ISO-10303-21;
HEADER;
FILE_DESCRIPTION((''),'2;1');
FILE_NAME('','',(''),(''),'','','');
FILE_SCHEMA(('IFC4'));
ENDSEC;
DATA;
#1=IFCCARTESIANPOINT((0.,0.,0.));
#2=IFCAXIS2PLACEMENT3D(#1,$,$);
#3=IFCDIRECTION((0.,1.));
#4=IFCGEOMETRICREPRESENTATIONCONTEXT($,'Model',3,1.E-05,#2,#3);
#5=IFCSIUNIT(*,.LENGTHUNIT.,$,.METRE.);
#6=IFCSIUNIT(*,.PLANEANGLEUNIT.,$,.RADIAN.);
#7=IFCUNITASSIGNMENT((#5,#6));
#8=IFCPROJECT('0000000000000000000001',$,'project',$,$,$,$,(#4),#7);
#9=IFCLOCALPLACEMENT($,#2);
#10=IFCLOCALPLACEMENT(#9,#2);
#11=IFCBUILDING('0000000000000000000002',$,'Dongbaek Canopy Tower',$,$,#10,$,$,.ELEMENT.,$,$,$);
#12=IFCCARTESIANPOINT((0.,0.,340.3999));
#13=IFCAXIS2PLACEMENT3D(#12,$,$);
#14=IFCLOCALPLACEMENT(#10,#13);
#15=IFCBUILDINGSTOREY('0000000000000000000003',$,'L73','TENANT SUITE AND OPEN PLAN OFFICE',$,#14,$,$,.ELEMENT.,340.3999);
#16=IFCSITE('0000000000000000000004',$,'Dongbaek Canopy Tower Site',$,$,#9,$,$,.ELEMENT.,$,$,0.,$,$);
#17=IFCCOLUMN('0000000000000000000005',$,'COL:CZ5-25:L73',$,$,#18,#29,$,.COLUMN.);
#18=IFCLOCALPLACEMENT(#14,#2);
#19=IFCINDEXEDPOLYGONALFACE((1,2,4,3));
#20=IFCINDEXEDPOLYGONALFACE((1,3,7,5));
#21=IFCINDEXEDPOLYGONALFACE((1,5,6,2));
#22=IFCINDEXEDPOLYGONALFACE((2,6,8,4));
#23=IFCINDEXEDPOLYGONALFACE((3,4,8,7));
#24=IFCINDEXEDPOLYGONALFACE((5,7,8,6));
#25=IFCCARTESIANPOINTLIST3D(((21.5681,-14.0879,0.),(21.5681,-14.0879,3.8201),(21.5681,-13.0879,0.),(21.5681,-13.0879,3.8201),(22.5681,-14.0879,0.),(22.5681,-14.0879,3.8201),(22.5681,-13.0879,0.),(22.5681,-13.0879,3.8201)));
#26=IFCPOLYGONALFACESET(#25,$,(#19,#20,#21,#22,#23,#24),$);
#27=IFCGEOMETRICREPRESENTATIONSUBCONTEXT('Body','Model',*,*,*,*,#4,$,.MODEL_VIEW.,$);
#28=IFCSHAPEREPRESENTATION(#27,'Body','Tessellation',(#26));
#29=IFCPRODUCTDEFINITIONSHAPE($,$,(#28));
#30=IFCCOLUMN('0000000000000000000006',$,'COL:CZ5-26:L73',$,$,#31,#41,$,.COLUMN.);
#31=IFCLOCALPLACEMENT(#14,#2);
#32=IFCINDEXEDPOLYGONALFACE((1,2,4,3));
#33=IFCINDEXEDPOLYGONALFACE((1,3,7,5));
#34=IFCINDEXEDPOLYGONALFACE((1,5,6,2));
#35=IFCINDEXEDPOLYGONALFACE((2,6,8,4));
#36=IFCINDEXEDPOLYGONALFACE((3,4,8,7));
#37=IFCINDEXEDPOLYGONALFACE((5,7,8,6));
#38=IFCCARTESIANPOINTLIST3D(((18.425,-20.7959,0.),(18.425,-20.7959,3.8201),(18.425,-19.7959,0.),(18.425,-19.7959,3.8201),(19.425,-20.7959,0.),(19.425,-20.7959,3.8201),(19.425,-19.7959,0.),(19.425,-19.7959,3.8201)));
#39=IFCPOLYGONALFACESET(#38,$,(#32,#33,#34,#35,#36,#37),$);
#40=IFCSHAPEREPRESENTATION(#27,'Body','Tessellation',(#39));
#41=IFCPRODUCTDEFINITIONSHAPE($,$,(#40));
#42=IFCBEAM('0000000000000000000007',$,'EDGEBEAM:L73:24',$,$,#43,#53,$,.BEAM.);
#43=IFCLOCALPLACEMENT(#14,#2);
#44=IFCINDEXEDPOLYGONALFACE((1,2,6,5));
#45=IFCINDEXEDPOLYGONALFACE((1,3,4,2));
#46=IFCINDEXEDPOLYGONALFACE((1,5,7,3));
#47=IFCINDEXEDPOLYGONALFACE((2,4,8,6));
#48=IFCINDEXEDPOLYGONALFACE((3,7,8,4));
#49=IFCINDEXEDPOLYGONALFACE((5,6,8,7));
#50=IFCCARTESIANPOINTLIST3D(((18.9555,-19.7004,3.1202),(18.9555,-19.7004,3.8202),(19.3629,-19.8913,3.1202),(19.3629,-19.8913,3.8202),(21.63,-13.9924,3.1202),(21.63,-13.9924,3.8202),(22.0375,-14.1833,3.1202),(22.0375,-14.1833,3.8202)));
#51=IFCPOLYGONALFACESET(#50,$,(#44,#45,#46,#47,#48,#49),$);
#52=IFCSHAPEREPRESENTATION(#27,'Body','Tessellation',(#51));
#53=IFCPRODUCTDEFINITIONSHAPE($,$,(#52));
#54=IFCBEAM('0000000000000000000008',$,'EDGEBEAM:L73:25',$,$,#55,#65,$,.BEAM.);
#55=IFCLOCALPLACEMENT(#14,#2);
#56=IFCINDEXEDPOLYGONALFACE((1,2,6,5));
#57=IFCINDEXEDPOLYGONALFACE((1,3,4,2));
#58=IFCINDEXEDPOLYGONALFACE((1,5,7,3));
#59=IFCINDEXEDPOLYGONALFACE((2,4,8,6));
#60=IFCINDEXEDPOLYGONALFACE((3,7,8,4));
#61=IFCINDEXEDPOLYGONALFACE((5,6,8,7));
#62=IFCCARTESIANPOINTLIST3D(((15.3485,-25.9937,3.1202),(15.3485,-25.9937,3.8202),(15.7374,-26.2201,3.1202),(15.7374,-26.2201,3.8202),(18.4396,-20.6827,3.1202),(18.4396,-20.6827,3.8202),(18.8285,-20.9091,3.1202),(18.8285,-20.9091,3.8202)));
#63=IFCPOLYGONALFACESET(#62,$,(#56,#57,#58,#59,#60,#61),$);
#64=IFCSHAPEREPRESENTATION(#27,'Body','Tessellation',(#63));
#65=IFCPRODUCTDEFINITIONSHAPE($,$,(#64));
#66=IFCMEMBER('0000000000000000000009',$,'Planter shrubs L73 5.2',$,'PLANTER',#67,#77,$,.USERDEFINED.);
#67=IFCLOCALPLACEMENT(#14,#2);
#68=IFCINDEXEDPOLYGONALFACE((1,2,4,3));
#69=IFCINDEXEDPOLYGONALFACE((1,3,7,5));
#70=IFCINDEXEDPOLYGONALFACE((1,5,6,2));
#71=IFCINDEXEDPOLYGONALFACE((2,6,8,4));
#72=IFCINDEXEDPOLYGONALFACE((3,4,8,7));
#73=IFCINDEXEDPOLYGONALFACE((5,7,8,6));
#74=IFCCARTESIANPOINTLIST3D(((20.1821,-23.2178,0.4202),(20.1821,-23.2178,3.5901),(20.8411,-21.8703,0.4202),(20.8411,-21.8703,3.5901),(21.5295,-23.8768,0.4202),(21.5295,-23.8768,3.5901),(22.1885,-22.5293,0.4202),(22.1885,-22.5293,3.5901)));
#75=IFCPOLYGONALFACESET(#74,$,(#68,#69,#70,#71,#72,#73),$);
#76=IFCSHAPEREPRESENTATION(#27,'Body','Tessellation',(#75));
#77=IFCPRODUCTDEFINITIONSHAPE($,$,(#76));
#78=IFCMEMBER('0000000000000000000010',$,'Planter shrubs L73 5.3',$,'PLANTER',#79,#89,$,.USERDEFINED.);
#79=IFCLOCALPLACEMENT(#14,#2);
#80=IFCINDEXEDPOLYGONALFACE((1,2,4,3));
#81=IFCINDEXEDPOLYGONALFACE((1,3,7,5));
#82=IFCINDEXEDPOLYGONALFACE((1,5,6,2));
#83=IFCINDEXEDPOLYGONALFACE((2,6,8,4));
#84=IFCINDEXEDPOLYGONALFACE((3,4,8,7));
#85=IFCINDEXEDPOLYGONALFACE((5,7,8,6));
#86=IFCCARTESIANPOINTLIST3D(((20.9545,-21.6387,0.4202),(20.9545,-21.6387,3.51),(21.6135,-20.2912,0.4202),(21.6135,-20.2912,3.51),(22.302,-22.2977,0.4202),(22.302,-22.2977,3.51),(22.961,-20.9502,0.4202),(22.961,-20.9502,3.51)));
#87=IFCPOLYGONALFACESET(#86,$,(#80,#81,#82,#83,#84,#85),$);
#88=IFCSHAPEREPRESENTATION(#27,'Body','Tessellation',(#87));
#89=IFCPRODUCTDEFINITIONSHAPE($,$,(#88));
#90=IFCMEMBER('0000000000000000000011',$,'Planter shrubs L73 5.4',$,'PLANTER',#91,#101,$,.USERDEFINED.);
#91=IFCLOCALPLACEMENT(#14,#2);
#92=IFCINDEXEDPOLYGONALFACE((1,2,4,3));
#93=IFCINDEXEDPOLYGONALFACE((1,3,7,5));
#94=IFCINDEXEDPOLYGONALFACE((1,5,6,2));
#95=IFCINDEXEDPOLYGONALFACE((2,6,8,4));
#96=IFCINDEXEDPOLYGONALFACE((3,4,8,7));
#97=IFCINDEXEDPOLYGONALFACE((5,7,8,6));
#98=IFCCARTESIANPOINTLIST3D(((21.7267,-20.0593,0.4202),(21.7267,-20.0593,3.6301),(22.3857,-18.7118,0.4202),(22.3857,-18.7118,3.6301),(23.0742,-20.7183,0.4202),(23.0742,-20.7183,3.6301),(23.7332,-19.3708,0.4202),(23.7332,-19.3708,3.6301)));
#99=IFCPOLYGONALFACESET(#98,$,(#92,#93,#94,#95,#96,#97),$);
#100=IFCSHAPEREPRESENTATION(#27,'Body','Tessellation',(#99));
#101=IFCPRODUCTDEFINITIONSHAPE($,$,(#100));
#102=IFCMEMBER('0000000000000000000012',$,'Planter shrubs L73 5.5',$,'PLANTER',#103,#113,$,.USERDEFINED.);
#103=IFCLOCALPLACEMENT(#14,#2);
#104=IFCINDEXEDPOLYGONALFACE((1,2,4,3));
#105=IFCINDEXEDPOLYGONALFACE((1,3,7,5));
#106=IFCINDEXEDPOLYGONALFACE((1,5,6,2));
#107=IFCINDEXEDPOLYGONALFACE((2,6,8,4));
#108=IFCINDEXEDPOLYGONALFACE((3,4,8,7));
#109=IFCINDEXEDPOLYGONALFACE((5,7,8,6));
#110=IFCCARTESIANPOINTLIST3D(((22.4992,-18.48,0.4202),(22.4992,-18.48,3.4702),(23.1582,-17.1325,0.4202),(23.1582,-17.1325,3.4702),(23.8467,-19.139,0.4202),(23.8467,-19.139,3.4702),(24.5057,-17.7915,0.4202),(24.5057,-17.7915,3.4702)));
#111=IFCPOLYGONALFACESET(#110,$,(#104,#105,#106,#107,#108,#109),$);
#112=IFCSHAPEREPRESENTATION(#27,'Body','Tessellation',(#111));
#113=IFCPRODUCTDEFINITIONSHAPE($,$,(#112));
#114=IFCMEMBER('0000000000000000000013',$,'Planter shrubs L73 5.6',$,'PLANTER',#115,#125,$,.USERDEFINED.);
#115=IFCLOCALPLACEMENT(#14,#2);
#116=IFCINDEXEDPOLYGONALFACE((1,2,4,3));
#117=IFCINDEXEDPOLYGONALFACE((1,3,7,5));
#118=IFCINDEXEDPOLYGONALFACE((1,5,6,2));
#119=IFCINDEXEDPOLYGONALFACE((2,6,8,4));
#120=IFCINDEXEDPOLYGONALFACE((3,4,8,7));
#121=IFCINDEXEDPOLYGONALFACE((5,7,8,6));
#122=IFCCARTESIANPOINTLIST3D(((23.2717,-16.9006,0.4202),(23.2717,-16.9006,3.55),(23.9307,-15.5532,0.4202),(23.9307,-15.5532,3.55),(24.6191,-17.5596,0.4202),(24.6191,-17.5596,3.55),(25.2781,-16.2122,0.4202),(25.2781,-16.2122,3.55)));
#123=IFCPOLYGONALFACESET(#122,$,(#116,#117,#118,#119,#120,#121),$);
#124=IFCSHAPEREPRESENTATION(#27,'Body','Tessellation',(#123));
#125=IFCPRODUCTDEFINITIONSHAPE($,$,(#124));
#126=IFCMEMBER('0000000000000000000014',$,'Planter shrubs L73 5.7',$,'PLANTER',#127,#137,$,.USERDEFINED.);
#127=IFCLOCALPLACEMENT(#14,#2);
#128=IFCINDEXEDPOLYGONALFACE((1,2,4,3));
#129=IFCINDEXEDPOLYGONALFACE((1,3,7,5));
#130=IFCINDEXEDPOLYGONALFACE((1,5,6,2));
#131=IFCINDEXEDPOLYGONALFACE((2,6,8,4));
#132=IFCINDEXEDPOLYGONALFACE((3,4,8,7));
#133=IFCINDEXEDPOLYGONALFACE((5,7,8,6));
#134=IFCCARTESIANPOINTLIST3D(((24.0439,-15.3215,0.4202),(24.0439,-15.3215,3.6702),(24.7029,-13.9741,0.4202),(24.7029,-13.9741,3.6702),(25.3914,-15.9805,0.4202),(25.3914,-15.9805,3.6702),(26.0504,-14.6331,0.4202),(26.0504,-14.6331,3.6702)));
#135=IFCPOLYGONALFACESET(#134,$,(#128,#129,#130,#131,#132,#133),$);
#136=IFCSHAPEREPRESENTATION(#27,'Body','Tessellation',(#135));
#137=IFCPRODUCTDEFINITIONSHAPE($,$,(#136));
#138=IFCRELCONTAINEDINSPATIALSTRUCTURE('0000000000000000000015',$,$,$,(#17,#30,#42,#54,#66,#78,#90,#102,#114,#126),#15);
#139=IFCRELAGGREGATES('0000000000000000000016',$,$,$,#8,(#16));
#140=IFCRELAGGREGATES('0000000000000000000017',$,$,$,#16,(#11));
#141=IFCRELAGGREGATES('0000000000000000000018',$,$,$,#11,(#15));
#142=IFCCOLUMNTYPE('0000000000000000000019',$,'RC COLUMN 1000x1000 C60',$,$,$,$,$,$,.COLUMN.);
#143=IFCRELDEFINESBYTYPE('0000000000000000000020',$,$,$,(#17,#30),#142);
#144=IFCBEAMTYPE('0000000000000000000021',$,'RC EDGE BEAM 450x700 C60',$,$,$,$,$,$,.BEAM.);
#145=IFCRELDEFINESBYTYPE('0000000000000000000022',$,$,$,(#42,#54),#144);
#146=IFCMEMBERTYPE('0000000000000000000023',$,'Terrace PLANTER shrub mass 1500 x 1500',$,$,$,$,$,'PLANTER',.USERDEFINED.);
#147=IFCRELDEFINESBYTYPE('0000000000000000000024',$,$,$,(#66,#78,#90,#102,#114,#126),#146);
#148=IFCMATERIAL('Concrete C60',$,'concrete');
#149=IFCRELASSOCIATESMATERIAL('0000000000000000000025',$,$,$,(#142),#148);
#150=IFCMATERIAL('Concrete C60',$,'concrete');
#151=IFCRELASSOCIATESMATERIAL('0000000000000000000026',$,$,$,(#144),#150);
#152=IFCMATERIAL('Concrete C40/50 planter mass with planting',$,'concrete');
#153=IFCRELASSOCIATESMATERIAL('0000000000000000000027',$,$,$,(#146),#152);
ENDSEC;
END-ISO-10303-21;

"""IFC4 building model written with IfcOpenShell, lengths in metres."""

from ifc_helpers import new_model, si_unit, direction, frame, origin, origin_2d, place, context, subcontext, project, spatial, rectangle, extrude, material, material_profile, profile_set, type_object, element, save


model = new_model("IFC4")

# Units and contexts
model_context = context("Model", 3, precision=1e-05, world=origin(), true_north=direction((0.0, 1.0)))
body_context = subcontext(model_context, "Body", "Model", "MODEL_VIEW")
ifc_project = project(units=[si_unit("LENGTHUNIT", "METRE"), si_unit("PLANEANGLEUNIT", "RADIAN")], contexts=[model_context])

# Site, building, storey
site_placement = place(None, origin())
site = spatial("IfcSite", under=ifc_project, at=site_placement, Name="Dongbaek Canopy Tower Site", CompositionType="ELEMENT", RefElevation=0.0)
building_placement = place(site_placement, origin())
building = spatial("IfcBuilding", under=site, at=building_placement, Name="Dongbaek Canopy Tower", CompositionType="ELEMENT")
storey_placement = place(building_placement, frame((0.0, 0.0, 340.3999)))
storey = spatial("IfcBuildingStorey", under=building, at=storey_placement, Name="L73", Description="TENANT SUITE AND OPEN PLAN OFFICE", CompositionType="ELEMENT", Elevation=340.3999)

# Columns
ifc_material_1 = material(Name="Concrete C60", Category="concrete")
ifc_material_profile_1 = material_profile(ifc_material_1, rectangle(XDim=1.0, YDim=1.0, at=origin_2d()), Name="RC COLUMN 1000x1000 C60")
ifc_profile_set_1 = profile_set([ifc_material_profile_1], Name="Concrete C60")
column_type = type_object("IfcColumnType", Name="RC COLUMN 1000x1000 C60", PredefinedType="COLUMN", material=ifc_profile_set_1)
for number, where, z_axis, x_axis, name in (
    (1, (22.0681, -13.5879, 0.0), (0.0, 0.0, 1.0), (1.0, 0.0, 0.0), "COL:CZ5-25:L73"),
    (2, (18.925, -20.2959, 0.0), (0.0, 0.0, 1.0), (1.0, 0.0, 0.0), "COL:CZ5-26:L73"),
):
    element("IfcColumn", number, at=place(storey_placement, frame(where, z_axis=z_axis, x_axis=x_axis)), inside=storey, type_object=column_type, Name=name, PredefinedType="COLUMN", context=body_context, shape_type="SweptSolid", body=[
        extrude(rectangle(XDim=1.0, YDim=1.0, at=origin_2d()), origin(), (0.0, 0.0, 1.0), 3.8201),
    ])

# Beams
ifc_material_2 = material(Name="Concrete C60", Category="concrete")
ifc_material_profile_2 = material_profile(ifc_material_2, rectangle(XDim=0.45, YDim=0.7, at=origin_2d()), Name="RC EDGE BEAM 450x700 C60")
ifc_profile_set_2 = profile_set([ifc_material_profile_2], Name="Concrete C60")
beam_type = type_object("IfcBeamType", Name="RC EDGE BEAM 450x700 C60", PredefinedType="BEAM", material=ifc_profile_set_2)
beam_1_placement = place(storey_placement, frame((21.8337, -14.0879, 3.4702), z_axis=(-0.424295, -0.905524, 0.0), x_axis=(0.905524, -0.424295, 0.0)))
element("IfcBeam", 3, at=beam_1_placement, inside=storey, type_object=beam_type, Name="EDGEBEAM:L73:24", PredefinedType="BEAM", context=body_context, shape_type="SweptSolid", body=[
    extrude(rectangle(XDim=0.45, YDim=0.7, at=origin_2d()), origin(), (0.0, 0.0, 1.0), 6.3035),
])
beam_2_placement = place(storey_placement, frame((18.634, -20.7959, 3.4702), z_axis=(-0.503016, -0.864277, 0.0), x_axis=(0.864277, -0.503016, 0.0)))
element("IfcBeam", 4, at=beam_2_placement, inside=storey, type_object=beam_type, Name="EDGEBEAM:L73:25", PredefinedType="BEAM", context=body_context, shape_type="SweptSolid", body=[
    extrude(rectangle(XDim=0.45, YDim=0.7, at=origin_2d()), origin(), (0.0, 0.0, 1.0), 6.145),
])

# Members
ifc_material_3 = material(Name="Concrete C40/50 planter mass with planting", Category="concrete")
ifc_material_profile_3 = material_profile(ifc_material_3, rectangle(XDim=1.5, YDim=1.5, at=origin_2d()), Name="Terrace PLANTER shrub mass 1500 x 1500")
ifc_profile_set_3 = profile_set([ifc_material_profile_3], Name="Concrete C40/50 planter mass with planting")
member_type = type_object("IfcMemberType", Name="Terrace PLANTER shrub mass 1500 x 1500", ElementType="PLANTER", PredefinedType="USERDEFINED", material=ifc_profile_set_3)
member_1_placement = place(storey_placement, frame((21.1853, -22.8735, 0.4202), z_axis=(0.0, 0.0, 1.0), x_axis=(0.898322, -0.439337, 0.0)))
element("IfcMember", 5, at=member_1_placement, inside=storey, type_object=member_type, Name="Planter shrubs L73 5.2", ObjectType="PLANTER", PredefinedType="USERDEFINED", context=body_context, shape_type="SweptSolid", body=[
    extrude(rectangle(XDim=1.5, YDim=1.5, at=origin_2d()), origin(), (0.0, 0.0, 1.0), 3.1699),
])
member_2_placement = place(storey_placement, frame((21.9578, -21.2944, 0.4202), z_axis=(0.0, 0.0, 1.0), x_axis=(0.898322, -0.439337, 0.0)))
element("IfcMember", 6, at=member_2_placement, inside=storey, type_object=member_type, Name="Planter shrubs L73 5.3", ObjectType="PLANTER", PredefinedType="USERDEFINED", context=body_context, shape_type="SweptSolid", body=[
    extrude(rectangle(XDim=1.5, YDim=1.5, at=origin_2d()), origin(), (0.0, 0.0, 1.0), 3.0898),
])
member_3_placement = place(storey_placement, frame((22.73, -19.7151, 0.4202), z_axis=(0.0, 0.0, 1.0), x_axis=(0.898322, -0.439337, 0.0)))
element("IfcMember", 7, at=member_3_placement, inside=storey, type_object=member_type, Name="Planter shrubs L73 5.4", ObjectType="PLANTER", PredefinedType="USERDEFINED", context=body_context, shape_type="SweptSolid", body=[
    extrude(rectangle(XDim=1.5, YDim=1.5, at=origin_2d()), origin(), (0.0, 0.0, 1.0), 3.21),
])
member_4_placement = place(storey_placement, frame((23.5024, -18.1357, 0.4202), z_axis=(0.0, 0.0, 1.0), x_axis=(0.898322, -0.439337, 0.0)))
element("IfcMember", 8, at=member_4_placement, inside=storey, type_object=member_type, Name="Planter shrubs L73 5.5", ObjectType="PLANTER", PredefinedType="USERDEFINED", context=body_context, shape_type="SweptSolid", body=[
    extrude(rectangle(XDim=1.5, YDim=1.5, at=origin_2d()), origin(), (0.0, 0.0, 1.0), 3.05),
])
member_5_placement = place(storey_placement, frame((24.2749, -16.5564, 0.4202), z_axis=(0.0, 0.0, 1.0), x_axis=(0.898322, -0.439337, 0.0)))
element("IfcMember", 9, at=member_5_placement, inside=storey, type_object=member_type, Name="Planter shrubs L73 5.6", ObjectType="PLANTER", PredefinedType="USERDEFINED", context=body_context, shape_type="SweptSolid", body=[
    extrude(rectangle(XDim=1.5, YDim=1.5, at=origin_2d()), origin(), (0.0, 0.0, 1.0), 3.1299),
])
member_6_placement = place(storey_placement, frame((25.0471, -14.9773, 0.4202), z_axis=(0.0, 0.0, 1.0), x_axis=(0.898322, -0.439337, 0.0)))
element("IfcMember", 10, at=member_6_placement, inside=storey, type_object=member_type, Name="Planter shrubs L73 5.7", ObjectType="PLANTER", PredefinedType="USERDEFINED", context=body_context, shape_type="SweptSolid", body=[
    extrude(rectangle(XDim=1.5, YDim=1.5, at=origin_2d()), origin(), (0.0, 0.0, 1.0), 3.25),
])

save(model, "model.ifc")
